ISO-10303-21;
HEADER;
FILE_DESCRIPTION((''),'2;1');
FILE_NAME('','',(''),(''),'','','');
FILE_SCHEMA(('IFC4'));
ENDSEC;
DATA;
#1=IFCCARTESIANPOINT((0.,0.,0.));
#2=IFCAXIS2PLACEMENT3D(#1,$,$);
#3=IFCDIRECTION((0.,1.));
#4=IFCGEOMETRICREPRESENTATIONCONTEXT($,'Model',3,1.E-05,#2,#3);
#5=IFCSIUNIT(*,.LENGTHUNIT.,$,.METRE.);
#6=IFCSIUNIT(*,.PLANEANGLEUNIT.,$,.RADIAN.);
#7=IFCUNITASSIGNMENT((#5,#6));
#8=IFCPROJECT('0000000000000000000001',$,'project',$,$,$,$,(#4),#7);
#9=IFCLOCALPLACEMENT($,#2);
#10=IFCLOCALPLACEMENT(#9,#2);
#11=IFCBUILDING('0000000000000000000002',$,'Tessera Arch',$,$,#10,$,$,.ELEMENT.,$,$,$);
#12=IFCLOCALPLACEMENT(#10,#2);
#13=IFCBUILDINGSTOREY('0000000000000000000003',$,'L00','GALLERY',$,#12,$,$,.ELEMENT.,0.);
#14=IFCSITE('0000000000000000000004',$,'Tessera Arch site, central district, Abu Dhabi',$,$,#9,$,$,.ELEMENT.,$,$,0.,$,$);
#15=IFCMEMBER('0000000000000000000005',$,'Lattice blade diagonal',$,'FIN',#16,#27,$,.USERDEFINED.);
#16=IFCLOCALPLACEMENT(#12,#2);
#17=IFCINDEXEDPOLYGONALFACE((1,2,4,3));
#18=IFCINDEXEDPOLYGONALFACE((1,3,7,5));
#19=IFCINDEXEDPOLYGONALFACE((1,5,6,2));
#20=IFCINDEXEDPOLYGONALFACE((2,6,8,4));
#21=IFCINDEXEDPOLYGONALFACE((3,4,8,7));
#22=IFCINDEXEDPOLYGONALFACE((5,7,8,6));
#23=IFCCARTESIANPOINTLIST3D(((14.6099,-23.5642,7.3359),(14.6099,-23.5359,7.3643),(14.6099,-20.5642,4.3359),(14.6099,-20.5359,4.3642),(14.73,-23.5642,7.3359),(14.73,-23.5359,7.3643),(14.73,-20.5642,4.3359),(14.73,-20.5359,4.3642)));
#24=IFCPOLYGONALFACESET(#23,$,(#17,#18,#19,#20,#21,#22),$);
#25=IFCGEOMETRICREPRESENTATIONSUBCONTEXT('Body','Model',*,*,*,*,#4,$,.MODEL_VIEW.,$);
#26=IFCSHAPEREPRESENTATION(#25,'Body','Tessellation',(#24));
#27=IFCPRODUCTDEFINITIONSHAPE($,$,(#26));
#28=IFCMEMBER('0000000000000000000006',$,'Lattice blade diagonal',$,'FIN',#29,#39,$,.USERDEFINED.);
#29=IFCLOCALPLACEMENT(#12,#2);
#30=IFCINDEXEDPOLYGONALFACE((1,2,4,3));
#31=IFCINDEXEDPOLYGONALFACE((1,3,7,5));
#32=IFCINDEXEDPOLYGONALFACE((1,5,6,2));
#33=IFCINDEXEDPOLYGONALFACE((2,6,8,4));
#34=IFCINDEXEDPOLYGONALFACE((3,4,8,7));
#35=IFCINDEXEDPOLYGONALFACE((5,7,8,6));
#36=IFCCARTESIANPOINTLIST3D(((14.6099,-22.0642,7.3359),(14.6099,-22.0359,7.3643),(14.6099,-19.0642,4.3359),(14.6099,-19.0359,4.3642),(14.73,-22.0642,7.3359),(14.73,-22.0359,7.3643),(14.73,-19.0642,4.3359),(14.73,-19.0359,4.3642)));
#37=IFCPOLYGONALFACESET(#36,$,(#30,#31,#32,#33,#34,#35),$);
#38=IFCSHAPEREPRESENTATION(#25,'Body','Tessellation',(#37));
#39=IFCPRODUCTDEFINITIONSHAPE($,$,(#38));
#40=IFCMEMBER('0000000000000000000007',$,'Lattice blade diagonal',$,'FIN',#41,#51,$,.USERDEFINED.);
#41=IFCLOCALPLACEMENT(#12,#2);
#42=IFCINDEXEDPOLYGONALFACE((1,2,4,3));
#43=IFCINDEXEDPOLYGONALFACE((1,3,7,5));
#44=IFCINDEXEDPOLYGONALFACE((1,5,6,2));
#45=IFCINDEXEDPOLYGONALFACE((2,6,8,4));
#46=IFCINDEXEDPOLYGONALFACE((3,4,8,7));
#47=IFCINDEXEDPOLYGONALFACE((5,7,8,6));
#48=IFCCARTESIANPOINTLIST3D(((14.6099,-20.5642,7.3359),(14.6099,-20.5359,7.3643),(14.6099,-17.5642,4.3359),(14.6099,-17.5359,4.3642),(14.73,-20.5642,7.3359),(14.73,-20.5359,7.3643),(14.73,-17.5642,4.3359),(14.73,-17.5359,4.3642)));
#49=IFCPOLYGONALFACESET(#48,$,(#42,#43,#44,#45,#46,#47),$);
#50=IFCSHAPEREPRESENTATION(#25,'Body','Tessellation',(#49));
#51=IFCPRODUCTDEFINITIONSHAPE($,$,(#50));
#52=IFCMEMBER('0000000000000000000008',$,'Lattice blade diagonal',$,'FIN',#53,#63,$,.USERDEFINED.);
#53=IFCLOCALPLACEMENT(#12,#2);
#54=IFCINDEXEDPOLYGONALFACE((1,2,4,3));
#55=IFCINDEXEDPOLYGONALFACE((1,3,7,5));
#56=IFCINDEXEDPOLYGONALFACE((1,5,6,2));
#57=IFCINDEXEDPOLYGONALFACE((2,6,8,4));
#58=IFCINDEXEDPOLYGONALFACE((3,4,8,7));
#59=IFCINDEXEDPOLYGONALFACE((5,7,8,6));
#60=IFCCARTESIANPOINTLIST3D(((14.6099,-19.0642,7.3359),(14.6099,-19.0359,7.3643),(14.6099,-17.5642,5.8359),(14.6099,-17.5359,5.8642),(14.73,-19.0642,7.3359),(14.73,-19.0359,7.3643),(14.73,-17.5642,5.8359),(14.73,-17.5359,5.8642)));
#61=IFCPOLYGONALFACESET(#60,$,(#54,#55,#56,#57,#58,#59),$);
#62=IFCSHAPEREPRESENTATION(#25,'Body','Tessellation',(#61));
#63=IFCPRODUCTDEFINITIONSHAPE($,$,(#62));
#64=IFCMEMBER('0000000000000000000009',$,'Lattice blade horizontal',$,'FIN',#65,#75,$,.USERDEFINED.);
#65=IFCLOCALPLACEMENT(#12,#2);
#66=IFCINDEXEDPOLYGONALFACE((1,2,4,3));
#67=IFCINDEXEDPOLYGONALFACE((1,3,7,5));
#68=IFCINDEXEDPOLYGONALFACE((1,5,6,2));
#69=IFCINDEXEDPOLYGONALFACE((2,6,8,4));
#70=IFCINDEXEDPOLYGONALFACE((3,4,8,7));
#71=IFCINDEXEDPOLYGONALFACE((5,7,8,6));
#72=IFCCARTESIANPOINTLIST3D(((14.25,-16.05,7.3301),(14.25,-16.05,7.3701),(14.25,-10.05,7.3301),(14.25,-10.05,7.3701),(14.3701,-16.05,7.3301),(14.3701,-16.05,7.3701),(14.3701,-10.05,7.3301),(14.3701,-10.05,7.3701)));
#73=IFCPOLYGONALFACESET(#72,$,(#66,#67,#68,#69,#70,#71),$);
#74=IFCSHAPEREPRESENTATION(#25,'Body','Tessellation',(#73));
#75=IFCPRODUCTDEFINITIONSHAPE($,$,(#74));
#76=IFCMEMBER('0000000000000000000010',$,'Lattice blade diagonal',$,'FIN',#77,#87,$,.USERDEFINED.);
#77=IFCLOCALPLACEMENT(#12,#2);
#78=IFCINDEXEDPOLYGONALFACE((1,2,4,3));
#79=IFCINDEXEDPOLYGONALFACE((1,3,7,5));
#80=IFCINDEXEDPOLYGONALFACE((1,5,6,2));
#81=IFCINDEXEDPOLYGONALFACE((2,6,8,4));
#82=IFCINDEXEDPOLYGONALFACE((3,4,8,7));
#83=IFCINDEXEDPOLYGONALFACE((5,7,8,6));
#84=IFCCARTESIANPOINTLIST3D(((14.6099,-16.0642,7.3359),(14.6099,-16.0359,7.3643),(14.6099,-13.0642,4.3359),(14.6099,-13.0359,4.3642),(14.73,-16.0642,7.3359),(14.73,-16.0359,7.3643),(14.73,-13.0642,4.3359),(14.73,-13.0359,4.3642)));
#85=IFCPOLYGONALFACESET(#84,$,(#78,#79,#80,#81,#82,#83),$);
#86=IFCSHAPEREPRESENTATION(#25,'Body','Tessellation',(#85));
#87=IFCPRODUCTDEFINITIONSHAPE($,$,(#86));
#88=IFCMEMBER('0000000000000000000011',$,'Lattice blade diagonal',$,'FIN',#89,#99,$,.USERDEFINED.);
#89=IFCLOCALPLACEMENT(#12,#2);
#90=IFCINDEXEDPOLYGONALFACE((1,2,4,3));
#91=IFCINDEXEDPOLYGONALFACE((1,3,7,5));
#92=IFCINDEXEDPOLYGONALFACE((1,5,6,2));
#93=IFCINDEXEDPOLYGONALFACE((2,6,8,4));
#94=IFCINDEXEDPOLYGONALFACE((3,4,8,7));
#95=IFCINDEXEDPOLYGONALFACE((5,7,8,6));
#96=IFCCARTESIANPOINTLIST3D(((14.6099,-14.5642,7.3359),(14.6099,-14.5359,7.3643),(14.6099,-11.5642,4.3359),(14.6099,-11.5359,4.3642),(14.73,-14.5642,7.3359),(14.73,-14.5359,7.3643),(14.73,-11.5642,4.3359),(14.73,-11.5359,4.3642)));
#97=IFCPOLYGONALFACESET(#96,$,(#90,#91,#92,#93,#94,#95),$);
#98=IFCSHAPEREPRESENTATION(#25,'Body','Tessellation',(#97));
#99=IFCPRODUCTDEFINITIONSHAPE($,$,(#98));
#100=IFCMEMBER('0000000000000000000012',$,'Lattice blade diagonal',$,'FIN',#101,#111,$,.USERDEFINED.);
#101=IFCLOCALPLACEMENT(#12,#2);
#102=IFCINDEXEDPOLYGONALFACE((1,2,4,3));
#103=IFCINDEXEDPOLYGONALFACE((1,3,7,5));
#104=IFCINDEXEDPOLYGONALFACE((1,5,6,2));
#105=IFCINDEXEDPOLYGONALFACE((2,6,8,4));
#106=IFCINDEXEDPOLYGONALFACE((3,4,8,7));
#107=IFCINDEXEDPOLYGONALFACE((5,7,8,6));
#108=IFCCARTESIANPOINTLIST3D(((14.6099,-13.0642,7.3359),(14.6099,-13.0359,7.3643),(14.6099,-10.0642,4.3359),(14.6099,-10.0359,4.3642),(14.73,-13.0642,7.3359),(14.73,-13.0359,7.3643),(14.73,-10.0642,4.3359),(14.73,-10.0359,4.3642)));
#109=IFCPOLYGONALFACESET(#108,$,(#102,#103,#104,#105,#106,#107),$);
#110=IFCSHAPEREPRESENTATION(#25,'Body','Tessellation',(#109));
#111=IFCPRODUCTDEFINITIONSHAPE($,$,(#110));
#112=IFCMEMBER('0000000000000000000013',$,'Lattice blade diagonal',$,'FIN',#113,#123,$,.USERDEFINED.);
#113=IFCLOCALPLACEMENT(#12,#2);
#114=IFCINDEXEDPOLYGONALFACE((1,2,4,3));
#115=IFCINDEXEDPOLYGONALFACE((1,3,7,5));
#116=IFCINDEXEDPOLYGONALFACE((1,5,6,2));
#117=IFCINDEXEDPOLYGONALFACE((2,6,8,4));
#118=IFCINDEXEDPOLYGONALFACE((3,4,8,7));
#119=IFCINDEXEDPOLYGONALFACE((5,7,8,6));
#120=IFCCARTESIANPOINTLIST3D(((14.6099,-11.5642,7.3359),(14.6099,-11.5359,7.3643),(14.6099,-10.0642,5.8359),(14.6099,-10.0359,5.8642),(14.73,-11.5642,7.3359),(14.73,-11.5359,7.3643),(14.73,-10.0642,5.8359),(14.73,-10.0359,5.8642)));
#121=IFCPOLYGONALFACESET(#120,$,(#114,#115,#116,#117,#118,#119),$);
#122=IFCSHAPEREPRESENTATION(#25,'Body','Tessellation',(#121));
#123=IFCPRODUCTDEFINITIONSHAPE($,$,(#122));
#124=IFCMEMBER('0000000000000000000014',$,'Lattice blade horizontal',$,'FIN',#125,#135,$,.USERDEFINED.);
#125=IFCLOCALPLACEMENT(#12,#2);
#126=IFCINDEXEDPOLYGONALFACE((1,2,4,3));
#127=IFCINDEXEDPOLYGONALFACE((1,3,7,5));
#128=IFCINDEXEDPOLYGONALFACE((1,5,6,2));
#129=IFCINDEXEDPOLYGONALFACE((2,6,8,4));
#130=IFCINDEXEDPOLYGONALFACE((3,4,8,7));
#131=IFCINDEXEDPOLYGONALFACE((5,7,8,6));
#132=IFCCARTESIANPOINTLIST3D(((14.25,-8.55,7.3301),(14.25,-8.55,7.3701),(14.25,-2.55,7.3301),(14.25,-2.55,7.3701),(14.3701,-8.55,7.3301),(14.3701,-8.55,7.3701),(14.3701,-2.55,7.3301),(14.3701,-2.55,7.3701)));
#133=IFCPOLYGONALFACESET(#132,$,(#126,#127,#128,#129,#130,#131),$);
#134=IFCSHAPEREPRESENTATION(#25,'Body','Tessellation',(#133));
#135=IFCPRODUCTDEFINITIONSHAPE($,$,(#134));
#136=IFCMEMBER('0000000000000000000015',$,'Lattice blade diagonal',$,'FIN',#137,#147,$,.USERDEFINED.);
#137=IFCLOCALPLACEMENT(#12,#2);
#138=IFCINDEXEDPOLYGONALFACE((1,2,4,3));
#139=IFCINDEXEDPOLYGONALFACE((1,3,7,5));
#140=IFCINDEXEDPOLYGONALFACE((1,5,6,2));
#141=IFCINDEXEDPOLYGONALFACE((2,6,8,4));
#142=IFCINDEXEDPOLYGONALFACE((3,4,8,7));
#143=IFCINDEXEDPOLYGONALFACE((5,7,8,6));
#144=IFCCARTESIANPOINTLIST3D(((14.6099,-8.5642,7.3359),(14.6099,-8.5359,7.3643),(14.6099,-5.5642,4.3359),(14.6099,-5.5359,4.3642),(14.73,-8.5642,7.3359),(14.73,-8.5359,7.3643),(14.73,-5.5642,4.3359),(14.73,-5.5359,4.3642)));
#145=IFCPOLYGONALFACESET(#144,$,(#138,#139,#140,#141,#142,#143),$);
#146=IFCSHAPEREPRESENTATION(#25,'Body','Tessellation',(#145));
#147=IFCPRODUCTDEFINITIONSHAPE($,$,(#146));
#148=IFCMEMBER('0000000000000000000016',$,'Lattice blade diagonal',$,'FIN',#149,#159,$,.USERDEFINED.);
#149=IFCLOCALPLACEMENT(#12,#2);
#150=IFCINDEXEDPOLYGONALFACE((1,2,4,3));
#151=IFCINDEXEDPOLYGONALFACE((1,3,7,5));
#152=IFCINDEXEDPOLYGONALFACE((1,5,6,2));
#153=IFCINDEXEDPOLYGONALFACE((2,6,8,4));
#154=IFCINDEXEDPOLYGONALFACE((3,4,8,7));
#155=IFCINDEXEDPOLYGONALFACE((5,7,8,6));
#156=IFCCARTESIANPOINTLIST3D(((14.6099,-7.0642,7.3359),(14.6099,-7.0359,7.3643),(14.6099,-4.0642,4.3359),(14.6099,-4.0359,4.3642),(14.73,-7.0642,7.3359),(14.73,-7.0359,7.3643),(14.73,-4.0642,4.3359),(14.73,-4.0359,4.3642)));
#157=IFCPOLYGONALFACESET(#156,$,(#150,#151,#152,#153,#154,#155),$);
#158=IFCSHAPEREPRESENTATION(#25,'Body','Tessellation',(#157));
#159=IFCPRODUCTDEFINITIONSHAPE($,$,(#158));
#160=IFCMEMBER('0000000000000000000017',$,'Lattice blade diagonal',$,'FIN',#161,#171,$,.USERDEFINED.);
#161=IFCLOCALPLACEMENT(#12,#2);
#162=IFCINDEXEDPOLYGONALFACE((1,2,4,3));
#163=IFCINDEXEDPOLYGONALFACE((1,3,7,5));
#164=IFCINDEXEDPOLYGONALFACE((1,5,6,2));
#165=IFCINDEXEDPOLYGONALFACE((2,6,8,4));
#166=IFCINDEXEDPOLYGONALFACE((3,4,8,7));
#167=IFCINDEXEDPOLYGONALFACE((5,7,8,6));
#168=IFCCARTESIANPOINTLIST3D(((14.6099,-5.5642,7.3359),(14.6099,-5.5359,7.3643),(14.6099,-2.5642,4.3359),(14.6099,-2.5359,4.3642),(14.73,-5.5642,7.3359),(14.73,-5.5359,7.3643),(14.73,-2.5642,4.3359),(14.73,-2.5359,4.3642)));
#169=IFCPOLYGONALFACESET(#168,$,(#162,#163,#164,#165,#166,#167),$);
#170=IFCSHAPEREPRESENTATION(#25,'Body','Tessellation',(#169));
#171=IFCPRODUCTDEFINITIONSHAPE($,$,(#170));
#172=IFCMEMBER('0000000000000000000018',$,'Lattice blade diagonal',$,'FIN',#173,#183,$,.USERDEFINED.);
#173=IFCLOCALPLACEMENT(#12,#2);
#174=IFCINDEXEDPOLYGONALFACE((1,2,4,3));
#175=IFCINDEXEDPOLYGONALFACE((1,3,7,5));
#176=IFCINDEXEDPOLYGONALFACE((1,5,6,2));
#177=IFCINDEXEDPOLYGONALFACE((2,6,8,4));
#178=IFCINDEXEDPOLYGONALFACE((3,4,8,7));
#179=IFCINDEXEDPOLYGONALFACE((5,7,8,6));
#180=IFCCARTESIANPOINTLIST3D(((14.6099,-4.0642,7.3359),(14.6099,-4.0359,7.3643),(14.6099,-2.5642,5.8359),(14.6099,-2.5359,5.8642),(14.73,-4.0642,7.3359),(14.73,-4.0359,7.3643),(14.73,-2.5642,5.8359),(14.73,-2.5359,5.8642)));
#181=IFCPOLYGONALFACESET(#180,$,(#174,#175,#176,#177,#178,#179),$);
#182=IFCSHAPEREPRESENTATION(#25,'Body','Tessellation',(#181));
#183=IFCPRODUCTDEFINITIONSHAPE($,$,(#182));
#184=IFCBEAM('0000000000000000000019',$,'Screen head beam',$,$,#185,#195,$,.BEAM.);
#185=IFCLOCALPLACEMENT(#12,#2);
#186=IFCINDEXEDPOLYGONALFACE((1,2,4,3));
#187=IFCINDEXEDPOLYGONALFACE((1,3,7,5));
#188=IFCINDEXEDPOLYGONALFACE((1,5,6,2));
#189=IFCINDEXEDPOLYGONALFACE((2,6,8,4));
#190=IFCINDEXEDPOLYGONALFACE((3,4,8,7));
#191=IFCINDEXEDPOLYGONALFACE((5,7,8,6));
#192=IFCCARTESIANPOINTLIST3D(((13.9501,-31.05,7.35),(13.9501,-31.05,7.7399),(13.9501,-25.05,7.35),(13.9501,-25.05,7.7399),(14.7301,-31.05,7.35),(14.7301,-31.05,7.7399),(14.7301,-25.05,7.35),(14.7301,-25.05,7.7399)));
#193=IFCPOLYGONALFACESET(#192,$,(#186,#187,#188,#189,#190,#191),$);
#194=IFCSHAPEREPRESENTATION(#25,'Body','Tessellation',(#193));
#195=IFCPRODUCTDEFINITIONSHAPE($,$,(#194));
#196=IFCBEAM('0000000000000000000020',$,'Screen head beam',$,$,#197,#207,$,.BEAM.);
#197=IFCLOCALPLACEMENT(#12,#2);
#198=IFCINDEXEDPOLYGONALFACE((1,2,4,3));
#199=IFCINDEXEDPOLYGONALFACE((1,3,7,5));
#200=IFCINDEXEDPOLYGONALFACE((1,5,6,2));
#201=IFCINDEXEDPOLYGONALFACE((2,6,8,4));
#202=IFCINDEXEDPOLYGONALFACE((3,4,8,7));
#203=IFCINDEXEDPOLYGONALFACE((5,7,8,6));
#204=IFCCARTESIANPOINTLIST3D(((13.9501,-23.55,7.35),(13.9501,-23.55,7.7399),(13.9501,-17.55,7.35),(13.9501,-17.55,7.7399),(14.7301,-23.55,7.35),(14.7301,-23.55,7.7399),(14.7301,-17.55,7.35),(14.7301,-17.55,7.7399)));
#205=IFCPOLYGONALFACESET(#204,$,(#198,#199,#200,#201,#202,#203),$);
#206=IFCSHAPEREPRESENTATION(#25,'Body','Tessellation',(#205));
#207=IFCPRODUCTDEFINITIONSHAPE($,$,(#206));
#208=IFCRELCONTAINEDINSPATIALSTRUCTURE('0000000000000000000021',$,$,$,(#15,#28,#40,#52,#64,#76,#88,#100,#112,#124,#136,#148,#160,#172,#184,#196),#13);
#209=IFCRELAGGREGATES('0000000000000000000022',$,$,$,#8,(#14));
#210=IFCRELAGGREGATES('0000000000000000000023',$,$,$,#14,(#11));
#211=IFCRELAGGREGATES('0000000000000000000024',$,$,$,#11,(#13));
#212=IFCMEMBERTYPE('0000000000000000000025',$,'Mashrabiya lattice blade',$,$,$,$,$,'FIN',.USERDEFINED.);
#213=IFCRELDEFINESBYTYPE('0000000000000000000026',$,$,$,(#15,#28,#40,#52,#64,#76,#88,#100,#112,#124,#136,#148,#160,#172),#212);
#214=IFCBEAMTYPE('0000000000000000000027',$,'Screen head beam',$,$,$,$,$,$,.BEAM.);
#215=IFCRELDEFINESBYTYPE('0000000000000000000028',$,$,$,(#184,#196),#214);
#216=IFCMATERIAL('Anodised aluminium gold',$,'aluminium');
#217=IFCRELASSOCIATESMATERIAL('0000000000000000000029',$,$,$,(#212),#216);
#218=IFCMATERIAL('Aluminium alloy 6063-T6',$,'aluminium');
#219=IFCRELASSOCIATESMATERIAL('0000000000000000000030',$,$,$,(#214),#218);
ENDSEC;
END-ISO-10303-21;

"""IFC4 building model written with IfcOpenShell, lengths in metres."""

from ifc_helpers import new_model, si_unit, direction, frame, origin, origin_2d, place, context, subcontext, project, spatial, rectangle, extrude, material, material_profile, profile_set, type_object, element, save


model = new_model("IFC4")

# Units and contexts
model_context = context("Model", 3, precision=1e-05, world=origin(), true_north=direction((0.0, 1.0)))
body_context = subcontext(model_context, "Body", "Model", "MODEL_VIEW")
ifc_project = project(units=[si_unit("LENGTHUNIT", "METRE"), si_unit("PLANEANGLEUNIT", "RADIAN")], contexts=[model_context])

# Site, building, storey
site_placement = place(None, origin())
site = spatial("IfcSite", under=ifc_project, at=site_placement, Name="Tessera Arch site, central district, Abu Dhabi", CompositionType="ELEMENT", RefElevation=0.0)
building_placement = place(site_placement, origin())
building = spatial("IfcBuilding", under=site, at=building_placement, Name="Tessera Arch", CompositionType="ELEMENT")
storey_placement = place(building_placement, origin())
storey = spatial("IfcBuildingStorey", under=building, at=storey_placement, Name="L00", Description="GALLERY", CompositionType="ELEMENT", Elevation=0.0)

# Members
ifc_material_1 = material(Name="Anodised aluminium gold", Category="aluminium")
ifc_material_profile_1 = material_profile(ifc_material_1, rectangle(XDim=0.1201, YDim=0.04, at=origin_2d()), Name="AL 40x120")
ifc_profile_set_1 = profile_set([ifc_material_profile_1], Name="Anodised aluminium gold")
member_type = type_object("IfcMemberType", Name="Mashrabiya lattice blade", ElementType="FIN", PredefinedType="USERDEFINED", material=ifc_profile_set_1)
for number, where, z_axis, x_axis, name in (
    (1, (14.6699, -23.55, 7.3501), (0.0, 0.707107, -0.707107), (-1.0, 0.0, 0.0), "Lattice blade diagonal"),
    (2, (14.6699, -22.05, 7.3501), (0.0, 0.707107, -0.707107), (-1.0, 0.0, 0.0), "Lattice blade diagonal"),
    (3, (14.6699, -20.55, 7.3501), (0.0, 0.707107, -0.707107), (-1.0, 0.0, 0.0), "Lattice blade diagonal"),
):
    element("IfcMember", number, at=place(storey_placement, frame(where, z_axis=z_axis, x_axis=x_axis)), inside=storey, type_object=member_type, Name=name, ObjectType="FIN", PredefinedType="USERDEFINED", context=body_context, shape_type="SweptSolid", body=[
        extrude(rectangle(XDim=0.1201, YDim=0.04, at=origin_2d()), origin(), (0.0, 0.0, 1.0), 4.2427),
    ])
member_1_placement = place(storey_placement, frame((14.6699, -19.05, 7.3501), z_axis=(0.0, 0.707107, -0.707107), x_axis=(-1.0, 0.0, 0.0)))
element("IfcMember", 4, at=member_1_placement, inside=storey, type_object=member_type, Name="Lattice blade diagonal", ObjectType="FIN", PredefinedType="USERDEFINED", context=body_context, shape_type="SweptSolid", body=[
    extrude(rectangle(XDim=0.1201, YDim=0.04, at=origin_2d()), origin(), (0.0, 0.0, 1.0), 2.1213),
])
member_2_placement = place(storey_placement, frame((14.3101, -16.05, 7.3501), z_axis=(0.0, 1.0, 0.0), x_axis=(-1.0, 0.0, 0.0)))
element("IfcMember", 5, at=member_2_placement, inside=storey, type_object=member_type, Name="Lattice blade horizontal", ObjectType="FIN", PredefinedType="USERDEFINED", context=body_context, shape_type="SweptSolid", body=[
    extrude(rectangle(XDim=0.1201, YDim=0.04, at=origin_2d()), origin(), (0.0, 0.0, 1.0), 6.0),
])
for number, where, z_axis, x_axis, name in (
    (6, (14.6699, -16.05, 7.3501), (0.0, 0.707107, -0.707107), (-1.0, 0.0, 0.0), "Lattice blade diagonal"),
    (7, (14.6699, -14.55, 7.3501), (0.0, 0.707107, -0.707107), (-1.0, 0.0, 0.0), "Lattice blade diagonal"),
    (8, (14.6699, -13.05, 7.3501), (0.0, 0.707107, -0.707107), (-1.0, 0.0, 0.0), "Lattice blade diagonal"),
):
    element("IfcMember", number, at=place(storey_placement, frame(where, z_axis=z_axis, x_axis=x_axis)), inside=storey, type_object=member_type, Name=name, ObjectType="FIN", PredefinedType="USERDEFINED", context=body_context, shape_type="SweptSolid", body=[
        extrude(rectangle(XDim=0.1201, YDim=0.04, at=origin_2d()), origin(), (0.0, 0.0, 1.0), 4.2427),
    ])
member_3_placement = place(storey_placement, frame((14.6699, -11.55, 7.3501), z_axis=(0.0, 0.707107, -0.707107), x_axis=(-1.0, 0.0, 0.0)))
element("IfcMember", 9, at=member_3_placement, inside=storey, type_object=member_type, Name="Lattice blade diagonal", ObjectType="FIN", PredefinedType="USERDEFINED", context=body_context, shape_type="SweptSolid", body=[
    extrude(rectangle(XDim=0.1201, YDim=0.04, at=origin_2d()), origin(), (0.0, 0.0, 1.0), 2.1213),
])
member_4_placement = place(storey_placement, frame((14.3101, -8.55, 7.3501), z_axis=(0.0, 1.0, 0.0), x_axis=(-1.0, 0.0, 0.0)))
element("IfcMember", 10, at=member_4_placement, inside=storey, type_object=member_type, Name="Lattice blade horizontal", ObjectType="FIN", PredefinedType="USERDEFINED", context=body_context, shape_type="SweptSolid", body=[
    extrude(rectangle(XDim=0.1201, YDim=0.04, at=origin_2d()), origin(), (0.0, 0.0, 1.0), 6.0),
])
for number, where, z_axis, x_axis, name in (
    (11, (14.6699, -8.55, 7.3501), (0.0, 0.707107, -0.707107), (-1.0, 0.0, 0.0), "Lattice blade diagonal"),
    (12, (14.6699, -7.05, 7.3501), (0.0, 0.707107, -0.707107), (-1.0, 0.0, 0.0), "Lattice blade diagonal"),
    (13, (14.6699, -5.55, 7.3501), (0.0, 0.707107, -0.707107), (-1.0, 0.0, 0.0), "Lattice blade diagonal"),
):
    element("IfcMember", number, at=place(storey_placement, frame(where, z_axis=z_axis, x_axis=x_axis)), inside=storey, type_object=member_type, Name=name, ObjectType="FIN", PredefinedType="USERDEFINED", context=body_context, shape_type="SweptSolid", body=[
        extrude(rectangle(XDim=0.1201, YDim=0.04, at=origin_2d()), origin(), (0.0, 0.0, 1.0), 4.2427),
    ])
member_5_placement = place(storey_placement, frame((14.6699, -4.05, 7.3501), z_axis=(0.0, 0.707107, -0.707107), x_axis=(-1.0, 0.0, 0.0)))
element("IfcMember", 14, at=member_5_placement, inside=storey, type_object=member_type, Name="Lattice blade diagonal", ObjectType="FIN", PredefinedType="USERDEFINED", context=body_context, shape_type="SweptSolid", body=[
    extrude(rectangle(XDim=0.1201, YDim=0.04, at=origin_2d()), origin(), (0.0, 0.0, 1.0), 2.1213),
])

# Beams
ifc_material_2 = material(Name="Aluminium alloy 6063-T6", Category="aluminium")
ifc_material_profile_2 = material_profile(ifc_material_2, rectangle(XDim=0.78, YDim=0.3899, at=origin_2d()), Name="AL 780x390")
ifc_profile_set_2 = profile_set([ifc_material_profile_2], Name="Aluminium alloy 6063-T6")
beam_type = type_object("IfcBeamType", Name="Screen head beam", PredefinedType="BEAM", material=ifc_profile_set_2)
for number, where, z_axis, x_axis, name in (
    (15, (14.3401, -31.05, 7.5449), (0.0, 1.0, 0.0), (-1.0, 0.0, 0.0), "Screen head beam"),
    (16, (14.3401, -23.55, 7.5449), (0.0, 1.0, 0.0), (-1.0, 0.0, 0.0), "Screen head beam"),
):
    element("IfcBeam", number, at=place(storey_placement, frame(where, z_axis=z_axis, x_axis=x_axis)), inside=storey, type_object=beam_type, Name=name, PredefinedType="BEAM", context=body_context, shape_type="SweptSolid", body=[
        extrude(rectangle(XDim=0.78, YDim=0.3899, at=origin_2d()), origin(), (0.0, 0.0, 1.0), 6.0),
    ])

save(model, "model.ifc")
